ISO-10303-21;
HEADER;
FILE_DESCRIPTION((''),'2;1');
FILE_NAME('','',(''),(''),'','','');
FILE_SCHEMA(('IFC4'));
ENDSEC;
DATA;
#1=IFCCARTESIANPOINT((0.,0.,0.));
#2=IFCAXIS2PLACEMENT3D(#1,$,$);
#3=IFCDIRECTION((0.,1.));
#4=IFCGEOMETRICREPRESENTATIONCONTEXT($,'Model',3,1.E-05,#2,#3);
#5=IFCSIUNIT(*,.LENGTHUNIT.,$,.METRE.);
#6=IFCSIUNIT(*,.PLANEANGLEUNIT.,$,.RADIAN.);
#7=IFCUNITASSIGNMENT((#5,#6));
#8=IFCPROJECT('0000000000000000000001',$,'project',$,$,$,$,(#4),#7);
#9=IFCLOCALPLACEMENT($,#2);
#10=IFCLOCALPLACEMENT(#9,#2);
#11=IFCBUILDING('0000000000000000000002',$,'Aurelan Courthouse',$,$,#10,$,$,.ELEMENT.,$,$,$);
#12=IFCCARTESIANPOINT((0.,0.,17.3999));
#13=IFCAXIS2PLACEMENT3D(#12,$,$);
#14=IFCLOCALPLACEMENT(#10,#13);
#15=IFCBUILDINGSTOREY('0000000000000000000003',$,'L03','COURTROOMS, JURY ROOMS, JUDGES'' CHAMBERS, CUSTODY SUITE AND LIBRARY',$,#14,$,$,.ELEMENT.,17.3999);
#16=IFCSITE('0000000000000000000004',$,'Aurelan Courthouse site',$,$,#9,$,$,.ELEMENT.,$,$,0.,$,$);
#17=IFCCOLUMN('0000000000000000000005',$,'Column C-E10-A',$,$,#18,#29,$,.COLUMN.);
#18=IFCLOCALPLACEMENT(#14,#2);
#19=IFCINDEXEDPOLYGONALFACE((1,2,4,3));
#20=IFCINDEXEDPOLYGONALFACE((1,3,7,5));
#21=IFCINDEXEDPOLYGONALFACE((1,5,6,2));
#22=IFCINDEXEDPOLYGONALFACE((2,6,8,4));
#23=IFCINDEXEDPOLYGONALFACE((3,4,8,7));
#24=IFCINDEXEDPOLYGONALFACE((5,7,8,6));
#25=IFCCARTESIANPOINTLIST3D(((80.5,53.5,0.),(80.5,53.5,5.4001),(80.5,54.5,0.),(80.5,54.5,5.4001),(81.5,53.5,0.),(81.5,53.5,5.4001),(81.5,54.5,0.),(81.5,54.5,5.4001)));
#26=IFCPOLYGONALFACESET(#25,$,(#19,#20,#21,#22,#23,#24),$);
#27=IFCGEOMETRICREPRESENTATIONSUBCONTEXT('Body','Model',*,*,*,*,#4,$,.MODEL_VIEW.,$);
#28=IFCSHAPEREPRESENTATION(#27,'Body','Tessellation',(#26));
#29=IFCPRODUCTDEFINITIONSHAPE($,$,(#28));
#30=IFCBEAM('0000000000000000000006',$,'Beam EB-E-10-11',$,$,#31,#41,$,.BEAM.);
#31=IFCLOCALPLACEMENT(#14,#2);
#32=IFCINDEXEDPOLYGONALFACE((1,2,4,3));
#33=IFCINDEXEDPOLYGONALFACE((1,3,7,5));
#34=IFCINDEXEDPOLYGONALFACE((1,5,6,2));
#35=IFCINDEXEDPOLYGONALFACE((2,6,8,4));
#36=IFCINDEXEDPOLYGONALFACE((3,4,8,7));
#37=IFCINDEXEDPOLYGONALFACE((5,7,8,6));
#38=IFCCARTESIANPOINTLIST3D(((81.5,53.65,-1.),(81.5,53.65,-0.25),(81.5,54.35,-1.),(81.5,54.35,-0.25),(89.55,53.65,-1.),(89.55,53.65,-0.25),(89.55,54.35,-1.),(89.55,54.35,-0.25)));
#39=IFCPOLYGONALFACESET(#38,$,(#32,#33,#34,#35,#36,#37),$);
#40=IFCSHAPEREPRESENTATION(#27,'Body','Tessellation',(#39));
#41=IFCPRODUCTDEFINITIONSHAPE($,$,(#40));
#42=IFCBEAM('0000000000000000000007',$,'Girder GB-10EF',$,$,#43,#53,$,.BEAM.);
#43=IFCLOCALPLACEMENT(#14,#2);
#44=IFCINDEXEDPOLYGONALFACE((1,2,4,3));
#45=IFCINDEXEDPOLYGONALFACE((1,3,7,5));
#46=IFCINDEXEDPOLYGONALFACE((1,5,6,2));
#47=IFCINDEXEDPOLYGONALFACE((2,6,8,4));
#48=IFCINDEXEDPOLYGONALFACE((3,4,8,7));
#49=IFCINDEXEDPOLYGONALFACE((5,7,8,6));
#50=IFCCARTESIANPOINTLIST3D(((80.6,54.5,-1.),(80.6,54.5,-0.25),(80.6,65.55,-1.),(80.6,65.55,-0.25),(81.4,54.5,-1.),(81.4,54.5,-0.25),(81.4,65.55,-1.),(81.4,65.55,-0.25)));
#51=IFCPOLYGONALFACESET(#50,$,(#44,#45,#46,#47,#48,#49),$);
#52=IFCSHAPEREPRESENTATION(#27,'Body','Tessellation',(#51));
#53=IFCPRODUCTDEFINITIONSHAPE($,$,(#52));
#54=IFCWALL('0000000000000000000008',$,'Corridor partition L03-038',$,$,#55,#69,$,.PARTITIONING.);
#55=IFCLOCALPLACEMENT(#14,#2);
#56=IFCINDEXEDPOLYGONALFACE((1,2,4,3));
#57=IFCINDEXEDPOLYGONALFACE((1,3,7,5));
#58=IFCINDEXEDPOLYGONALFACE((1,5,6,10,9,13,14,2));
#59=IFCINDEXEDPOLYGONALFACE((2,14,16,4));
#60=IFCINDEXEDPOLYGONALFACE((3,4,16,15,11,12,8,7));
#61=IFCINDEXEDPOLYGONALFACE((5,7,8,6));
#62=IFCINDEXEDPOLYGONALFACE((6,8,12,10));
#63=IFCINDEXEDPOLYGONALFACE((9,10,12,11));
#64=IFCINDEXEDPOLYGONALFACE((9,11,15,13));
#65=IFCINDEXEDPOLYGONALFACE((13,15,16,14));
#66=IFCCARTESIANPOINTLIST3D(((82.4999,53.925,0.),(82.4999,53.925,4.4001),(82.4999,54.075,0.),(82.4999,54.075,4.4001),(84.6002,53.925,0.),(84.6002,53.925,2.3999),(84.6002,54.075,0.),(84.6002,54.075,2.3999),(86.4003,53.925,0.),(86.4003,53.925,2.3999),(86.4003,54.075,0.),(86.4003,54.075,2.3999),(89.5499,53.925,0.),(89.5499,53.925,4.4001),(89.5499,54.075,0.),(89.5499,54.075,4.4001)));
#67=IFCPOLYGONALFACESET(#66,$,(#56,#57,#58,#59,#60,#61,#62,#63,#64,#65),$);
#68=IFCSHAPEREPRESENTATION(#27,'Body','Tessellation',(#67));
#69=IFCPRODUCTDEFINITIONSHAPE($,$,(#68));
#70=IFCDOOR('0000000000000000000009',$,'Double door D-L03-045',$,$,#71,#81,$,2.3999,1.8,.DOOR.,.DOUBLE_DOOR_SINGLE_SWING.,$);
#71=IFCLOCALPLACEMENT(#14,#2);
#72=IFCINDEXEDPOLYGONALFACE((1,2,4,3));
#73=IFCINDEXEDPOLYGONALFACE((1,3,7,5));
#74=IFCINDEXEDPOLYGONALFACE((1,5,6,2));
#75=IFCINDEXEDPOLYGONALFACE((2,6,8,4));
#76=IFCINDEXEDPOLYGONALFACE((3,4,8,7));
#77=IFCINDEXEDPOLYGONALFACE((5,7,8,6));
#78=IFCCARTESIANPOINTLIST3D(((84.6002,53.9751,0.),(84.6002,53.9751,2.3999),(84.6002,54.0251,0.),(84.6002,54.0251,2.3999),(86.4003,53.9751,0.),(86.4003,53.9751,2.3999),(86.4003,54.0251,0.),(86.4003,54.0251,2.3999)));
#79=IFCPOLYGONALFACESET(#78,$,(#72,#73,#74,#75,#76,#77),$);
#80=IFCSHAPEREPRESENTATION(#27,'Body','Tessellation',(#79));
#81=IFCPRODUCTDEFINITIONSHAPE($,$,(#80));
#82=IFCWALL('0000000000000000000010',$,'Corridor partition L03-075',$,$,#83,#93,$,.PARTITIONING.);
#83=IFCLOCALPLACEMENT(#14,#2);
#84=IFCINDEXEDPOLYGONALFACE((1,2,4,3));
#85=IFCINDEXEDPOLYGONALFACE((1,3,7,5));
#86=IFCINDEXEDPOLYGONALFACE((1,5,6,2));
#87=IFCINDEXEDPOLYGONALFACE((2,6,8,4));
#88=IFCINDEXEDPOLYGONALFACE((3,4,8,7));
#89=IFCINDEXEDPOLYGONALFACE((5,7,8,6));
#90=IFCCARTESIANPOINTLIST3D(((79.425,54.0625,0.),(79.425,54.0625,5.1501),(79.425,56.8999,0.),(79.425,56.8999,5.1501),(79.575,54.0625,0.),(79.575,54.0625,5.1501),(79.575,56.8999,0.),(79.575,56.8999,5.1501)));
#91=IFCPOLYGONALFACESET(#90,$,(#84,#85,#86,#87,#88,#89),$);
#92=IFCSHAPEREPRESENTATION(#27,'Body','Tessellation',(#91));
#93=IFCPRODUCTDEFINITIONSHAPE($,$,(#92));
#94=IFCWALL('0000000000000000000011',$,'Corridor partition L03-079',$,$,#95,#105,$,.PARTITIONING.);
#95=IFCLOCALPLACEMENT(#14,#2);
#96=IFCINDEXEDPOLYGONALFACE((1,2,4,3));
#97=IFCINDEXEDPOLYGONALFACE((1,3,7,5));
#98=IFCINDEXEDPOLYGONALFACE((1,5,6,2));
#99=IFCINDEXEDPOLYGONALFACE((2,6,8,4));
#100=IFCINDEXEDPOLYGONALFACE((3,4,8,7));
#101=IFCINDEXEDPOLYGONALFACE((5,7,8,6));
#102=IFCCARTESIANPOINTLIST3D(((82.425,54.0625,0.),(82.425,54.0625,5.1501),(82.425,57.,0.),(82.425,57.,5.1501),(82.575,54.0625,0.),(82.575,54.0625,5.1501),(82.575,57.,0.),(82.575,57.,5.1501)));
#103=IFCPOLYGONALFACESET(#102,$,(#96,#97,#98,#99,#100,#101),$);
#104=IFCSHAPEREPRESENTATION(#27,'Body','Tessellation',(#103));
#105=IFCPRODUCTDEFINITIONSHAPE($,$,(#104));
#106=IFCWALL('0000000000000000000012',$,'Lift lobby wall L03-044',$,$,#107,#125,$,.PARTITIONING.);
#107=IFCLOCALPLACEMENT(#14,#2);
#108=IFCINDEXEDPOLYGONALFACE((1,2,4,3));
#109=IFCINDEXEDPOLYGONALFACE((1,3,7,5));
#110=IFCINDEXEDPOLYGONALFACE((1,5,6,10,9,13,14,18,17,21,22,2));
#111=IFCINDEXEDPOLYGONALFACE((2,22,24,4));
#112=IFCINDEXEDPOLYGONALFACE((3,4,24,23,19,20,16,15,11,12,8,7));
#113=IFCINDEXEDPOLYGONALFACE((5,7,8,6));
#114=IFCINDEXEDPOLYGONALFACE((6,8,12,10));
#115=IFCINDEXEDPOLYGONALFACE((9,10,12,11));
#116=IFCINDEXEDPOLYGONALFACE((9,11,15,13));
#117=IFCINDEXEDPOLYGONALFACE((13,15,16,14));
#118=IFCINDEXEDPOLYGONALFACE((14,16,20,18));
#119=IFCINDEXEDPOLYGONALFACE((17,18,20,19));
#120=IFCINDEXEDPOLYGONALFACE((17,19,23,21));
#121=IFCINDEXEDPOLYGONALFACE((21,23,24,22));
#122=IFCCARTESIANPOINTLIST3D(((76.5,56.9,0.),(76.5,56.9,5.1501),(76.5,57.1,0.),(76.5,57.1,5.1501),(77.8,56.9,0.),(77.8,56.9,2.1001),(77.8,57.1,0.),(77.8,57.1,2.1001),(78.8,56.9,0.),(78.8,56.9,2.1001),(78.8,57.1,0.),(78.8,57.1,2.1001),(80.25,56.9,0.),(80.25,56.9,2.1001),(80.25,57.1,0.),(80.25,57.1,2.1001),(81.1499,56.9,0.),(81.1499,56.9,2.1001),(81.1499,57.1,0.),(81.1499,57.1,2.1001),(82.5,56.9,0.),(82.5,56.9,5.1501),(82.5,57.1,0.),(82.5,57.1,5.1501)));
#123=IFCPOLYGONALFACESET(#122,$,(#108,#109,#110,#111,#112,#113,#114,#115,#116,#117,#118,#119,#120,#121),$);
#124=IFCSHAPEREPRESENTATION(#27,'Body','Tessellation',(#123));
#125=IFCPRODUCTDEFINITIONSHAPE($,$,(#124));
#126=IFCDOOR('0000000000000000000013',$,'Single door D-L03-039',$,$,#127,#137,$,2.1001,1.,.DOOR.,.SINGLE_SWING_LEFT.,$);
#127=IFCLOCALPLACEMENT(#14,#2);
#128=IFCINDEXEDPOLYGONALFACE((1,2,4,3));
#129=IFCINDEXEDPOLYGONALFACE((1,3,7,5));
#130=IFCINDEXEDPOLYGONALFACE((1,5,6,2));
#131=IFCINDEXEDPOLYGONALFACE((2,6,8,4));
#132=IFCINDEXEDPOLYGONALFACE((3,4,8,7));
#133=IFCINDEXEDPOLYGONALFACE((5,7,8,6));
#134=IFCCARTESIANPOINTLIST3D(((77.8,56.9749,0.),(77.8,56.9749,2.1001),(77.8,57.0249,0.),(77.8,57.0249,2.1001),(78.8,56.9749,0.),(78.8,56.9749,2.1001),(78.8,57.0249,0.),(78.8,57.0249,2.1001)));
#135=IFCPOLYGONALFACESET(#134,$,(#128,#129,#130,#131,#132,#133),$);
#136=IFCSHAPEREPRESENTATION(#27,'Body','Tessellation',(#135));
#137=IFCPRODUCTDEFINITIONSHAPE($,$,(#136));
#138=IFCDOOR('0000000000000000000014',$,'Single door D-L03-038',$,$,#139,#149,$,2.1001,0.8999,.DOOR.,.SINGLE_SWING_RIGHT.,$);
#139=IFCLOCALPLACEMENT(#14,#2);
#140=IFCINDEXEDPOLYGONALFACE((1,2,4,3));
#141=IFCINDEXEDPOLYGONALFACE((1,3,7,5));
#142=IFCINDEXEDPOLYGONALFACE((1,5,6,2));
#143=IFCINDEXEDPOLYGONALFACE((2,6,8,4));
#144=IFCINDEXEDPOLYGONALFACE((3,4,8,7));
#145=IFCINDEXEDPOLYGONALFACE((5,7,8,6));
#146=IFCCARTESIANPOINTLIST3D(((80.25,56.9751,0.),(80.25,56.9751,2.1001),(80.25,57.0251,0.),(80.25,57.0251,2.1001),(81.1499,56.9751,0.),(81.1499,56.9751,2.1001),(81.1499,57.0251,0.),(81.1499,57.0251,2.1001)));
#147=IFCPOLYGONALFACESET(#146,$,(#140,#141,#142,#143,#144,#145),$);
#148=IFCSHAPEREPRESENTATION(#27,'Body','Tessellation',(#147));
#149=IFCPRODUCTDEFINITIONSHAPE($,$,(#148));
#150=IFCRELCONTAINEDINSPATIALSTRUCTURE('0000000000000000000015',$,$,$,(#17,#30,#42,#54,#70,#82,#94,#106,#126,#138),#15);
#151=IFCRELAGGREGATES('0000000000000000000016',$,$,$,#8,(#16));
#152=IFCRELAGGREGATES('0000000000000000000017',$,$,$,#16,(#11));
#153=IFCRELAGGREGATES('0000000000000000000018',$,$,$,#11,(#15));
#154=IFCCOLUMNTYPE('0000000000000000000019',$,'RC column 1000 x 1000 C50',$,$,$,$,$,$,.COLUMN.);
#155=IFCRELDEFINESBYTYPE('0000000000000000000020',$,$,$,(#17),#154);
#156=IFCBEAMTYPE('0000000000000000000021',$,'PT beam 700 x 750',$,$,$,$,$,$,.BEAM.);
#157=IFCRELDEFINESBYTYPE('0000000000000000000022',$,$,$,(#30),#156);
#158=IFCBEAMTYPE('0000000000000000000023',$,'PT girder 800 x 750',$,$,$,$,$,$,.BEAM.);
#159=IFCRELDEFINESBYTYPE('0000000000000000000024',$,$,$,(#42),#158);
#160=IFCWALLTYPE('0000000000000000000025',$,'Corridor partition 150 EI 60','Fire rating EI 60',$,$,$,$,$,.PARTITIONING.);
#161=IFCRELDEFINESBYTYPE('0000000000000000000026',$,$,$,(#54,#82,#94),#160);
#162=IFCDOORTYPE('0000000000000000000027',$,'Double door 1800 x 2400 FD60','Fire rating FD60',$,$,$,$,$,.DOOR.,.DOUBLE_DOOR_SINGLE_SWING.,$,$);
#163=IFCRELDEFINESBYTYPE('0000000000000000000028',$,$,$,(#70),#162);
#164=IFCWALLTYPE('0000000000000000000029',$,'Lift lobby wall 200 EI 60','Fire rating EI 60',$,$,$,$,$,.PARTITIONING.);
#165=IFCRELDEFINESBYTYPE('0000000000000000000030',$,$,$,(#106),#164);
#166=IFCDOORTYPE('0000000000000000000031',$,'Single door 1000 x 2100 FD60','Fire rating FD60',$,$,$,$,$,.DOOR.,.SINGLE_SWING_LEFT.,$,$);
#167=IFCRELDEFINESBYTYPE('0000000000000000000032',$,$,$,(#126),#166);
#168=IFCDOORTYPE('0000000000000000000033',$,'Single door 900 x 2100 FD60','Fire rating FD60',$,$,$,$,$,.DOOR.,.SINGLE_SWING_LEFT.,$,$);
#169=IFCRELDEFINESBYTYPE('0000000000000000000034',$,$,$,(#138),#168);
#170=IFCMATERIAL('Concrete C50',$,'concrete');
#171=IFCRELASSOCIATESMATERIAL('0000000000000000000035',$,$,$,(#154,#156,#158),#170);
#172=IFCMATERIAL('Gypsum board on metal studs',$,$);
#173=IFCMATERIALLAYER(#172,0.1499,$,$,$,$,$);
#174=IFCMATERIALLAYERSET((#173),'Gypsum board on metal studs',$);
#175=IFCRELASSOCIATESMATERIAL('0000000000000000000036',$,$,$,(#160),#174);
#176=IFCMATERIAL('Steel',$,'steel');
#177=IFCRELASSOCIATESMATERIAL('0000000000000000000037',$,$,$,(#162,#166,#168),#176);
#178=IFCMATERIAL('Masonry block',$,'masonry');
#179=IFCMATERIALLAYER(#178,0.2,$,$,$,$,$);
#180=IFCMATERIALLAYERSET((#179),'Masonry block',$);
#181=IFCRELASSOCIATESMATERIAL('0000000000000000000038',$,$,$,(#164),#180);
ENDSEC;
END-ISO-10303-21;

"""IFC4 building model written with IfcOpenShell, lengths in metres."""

from ifc_helpers import new_model, si_unit, direction, frame, frame_2d, origin, origin_2d, place, context, subcontext, project, spatial, rectangle, extrude, material, layer, layer_set, material_profile, profile_set, type_object, element, fill, save


model = new_model("IFC4")

# Units and contexts
model_context = context("Model", 3, precision=1e-05, world=origin(), true_north=direction((0.0, 1.0)))
body_context = subcontext(model_context, "Body", "Model", "MODEL_VIEW")
ifc_project = project(units=[si_unit("LENGTHUNIT", "METRE"), si_unit("PLANEANGLEUNIT", "RADIAN")], contexts=[model_context])

# Site, building, storey
site_placement = place(None, origin())
site = spatial("IfcSite", under=ifc_project, at=site_placement, Name="Aurelan Courthouse site", CompositionType="ELEMENT", RefElevation=0.0)
building_placement = place(site_placement, origin())
building = spatial("IfcBuilding", under=site, at=building_placement, Name="Aurelan Courthouse", CompositionType="ELEMENT")
storey_placement = place(building_placement, frame((0.0, 0.0, 17.3999)))
storey = spatial("IfcBuildingStorey", under=building, at=storey_placement, Name="L03", Description="COURTROOMS, JURY ROOMS, JUDGES' CHAMBERS, CUSTODY SUITE AND LIBRARY", CompositionType="ELEMENT", Elevation=17.3999)

# Column
ifc_material_1 = material(Name="Concrete C50", Category="concrete")
ifc_material_profile_1 = material_profile(ifc_material_1, rectangle(XDim=1.0, YDim=1.0, at=origin_2d()), Name="RC 1000 x 1000")
ifc_profile_set_1 = profile_set([ifc_material_profile_1], Name="Concrete C50")
column_type = type_object("IfcColumnType", Name="RC column 1000 x 1000 C50", PredefinedType="COLUMN", material=ifc_profile_set_1)
column_placement = place(storey_placement, frame((81.0, 54.0, 0.0), z_axis=(0.0, 0.0, 1.0), x_axis=(1.0, 0.0, 0.0)))
element("IfcColumn", 1, at=column_placement, inside=storey, type_object=column_type, Name="Column C-E10-A", PredefinedType="COLUMN", context=body_context, shape_type="SweptSolid", body=[
    extrude(rectangle(XDim=1.0, YDim=1.0, at=origin_2d()), origin(), (0.0, 0.0, 1.0), 5.4001),
])

# Beams
ifc_material_profile_2 = material_profile(ifc_material_1, rectangle(XDim=0.7, YDim=0.75, at=origin_2d()), Name="RC 700 x 750")
ifc_profile_set_2 = profile_set([ifc_material_profile_2], Name="Concrete C50")
beam_type_1 = type_object("IfcBeamType", Name="PT beam 700 x 750", PredefinedType="BEAM", material=ifc_profile_set_2)
beam_1_placement = place(storey_placement, frame((81.5, 54.0, -0.625), z_axis=(1.0, 0.0, 0.0), x_axis=(0.0, 1.0, 0.0)))
element("IfcBeam", 2, at=beam_1_placement, inside=storey, type_object=beam_type_1, Name="Beam EB-E-10-11", PredefinedType="BEAM", context=body_context, shape_type="SweptSolid", body=[
    extrude(rectangle(XDim=0.7, YDim=0.75, at=origin_2d()), origin(), (0.0, 0.0, 1.0), 8.05),
])
ifc_material_profile_3 = material_profile(ifc_material_1, rectangle(XDim=0.8, YDim=0.75, at=origin_2d()), Name="RC 800 x 750")
ifc_profile_set_3 = profile_set([ifc_material_profile_3], Name="Concrete C50")
beam_type_2 = type_object("IfcBeamType", Name="PT girder 800 x 750", PredefinedType="BEAM", material=ifc_profile_set_3)
beam_2_placement = place(storey_placement, frame((81.0, 54.5, -0.625), z_axis=(0.0, 1.0, 0.0), x_axis=(-1.0, 0.0, 0.0)))
element("IfcBeam", 3, at=beam_2_placement, inside=storey, type_object=beam_type_2, Name="Girder GB-10EF", PredefinedType="BEAM", context=body_context, shape_type="SweptSolid", body=[
    extrude(rectangle(XDim=0.8, YDim=0.75, at=origin_2d()), origin(), (0.0, 0.0, 1.0), 11.05),
])

# Wall, opening, door
ifc_material_2 = material(Name="Gypsum board on metal studs")
ifc_layer_1 = layer(ifc_material_2, 0.1499)
ifc_layer_set_1 = layer_set([ifc_layer_1], Name="Gypsum board on metal studs")
wall_type_1 = type_object("IfcWallType", Name="Corridor partition 150 EI 60", Description="Fire rating EI 60", PredefinedType="PARTITIONING", material=ifc_layer_set_1)
wall_1_placement = place(storey_placement, frame((82.5, 54.0, 0.0), z_axis=(0.0, 0.0, 1.0), x_axis=(1.0, 0.0, 0.0)))
wall_1 = element("IfcWall", 4, at=wall_1_placement, inside=storey, type_object=wall_type_1, Name="Corridor partition L03-038", PredefinedType="PARTITIONING", context=body_context, shape_type="SweptSolid", body=[
    extrude(rectangle(XDim=7.05, YDim=0.1499, at=frame_2d((3.5249, 0.0))), origin(), (0.0, 0.0, 1.0), 4.4001),
])
opening_1_placement = place(wall_1_placement, frame((3.9001, 0.0, 0.0), z_axis=(0.0, 0.0, 1.0), x_axis=(-1.0, 0.0, 0.0)))
opening_1 = element("IfcOpeningElement", 5, at=opening_1_placement, cuts=wall_1, PredefinedType="OPENING", context=body_context, shape_type="SweptSolid", body=[
    extrude(rectangle(XDim=1.8, YDim=2.3999, at=frame_2d((0.8999, 1.2))), frame((0.0, 0.085, 0.0), z_axis=(0.0, -1.0, 0.0), x_axis=(1.0, 0.0, 0.0)), (0.0, 0.0, 1.0), 0.1699),
])
ifc_material_3 = material(Name="Steel", Category="steel")
door_type_1 = type_object("IfcDoorType", Name="Double door 1800 x 2400 FD60", Description="Fire rating FD60", OperationType="DOUBLE_DOOR_SINGLE_SWING", PredefinedType="DOOR", material=ifc_material_3)
door_1_placement = place(opening_1_placement, origin())
door_1 = element("IfcDoor", 6, at=door_1_placement, inside=storey, type_object=door_type_1, Name="Double door D-L03-045", OperationType="DOUBLE_DOOR_SINGLE_SWING", OverallHeight=2.3999, OverallWidth=1.8, PredefinedType="DOOR", context=body_context, shape_type="SweptSolid", body=[
    extrude(rectangle(XDim=1.8, YDim=2.3999, at=frame_2d((0.8999, 1.2))), frame((0.0, 0.0249, 0.0), z_axis=(0.0, -1.0, 0.0), x_axis=(1.0, 0.0, 0.0)), (0.0, 0.0, 1.0), 0.05),
])
fill(opening_1, door_1)

# Walls
wall_2_placement = place(storey_placement, frame((79.5, 54.0625, 0.0), z_axis=(0.0, 0.0, 1.0), x_axis=(0.0, 1.0, 0.0)))
element("IfcWall", 7, at=wall_2_placement, inside=storey, type_object=wall_type_1, Name="Corridor partition L03-075", PredefinedType="PARTITIONING", context=body_context, shape_type="SweptSolid", body=[
    extrude(rectangle(XDim=2.8374, YDim=0.1499, at=frame_2d((1.4187, 0.0))), origin(), (0.0, 0.0, 1.0), 5.1501),
])
wall_3_placement = place(storey_placement, frame((82.5, 54.0625, 0.0), z_axis=(0.0, 0.0, 1.0), x_axis=(0.0, 1.0, 0.0)))
element("IfcWall", 8, at=wall_3_placement, inside=storey, type_object=wall_type_1, Name="Corridor partition L03-079", PredefinedType="PARTITIONING", context=body_context, shape_type="SweptSolid", body=[
    extrude(rectangle(XDim=2.9375, YDim=0.1499, at=frame_2d((1.4688, 0.0))), origin(), (0.0, 0.0, 1.0), 5.1501),
])

# Wall, openings, doors
ifc_material_4 = material(Name="Masonry block", Category="masonry")
ifc_layer_2 = layer(ifc_material_4, 0.2)
ifc_layer_set_2 = layer_set([ifc_layer_2], Name="Masonry block")
wall_type_2 = type_object("IfcWallType", Name="Lift lobby wall 200 EI 60", Description="Fire rating EI 60", PredefinedType="PARTITIONING", material=ifc_layer_set_2)
wall_4_placement = place(storey_placement, frame((76.5, 57.0, 0.0), z_axis=(0.0, 0.0, 1.0), x_axis=(1.0, 0.0, 0.0)))
wall_4 = element("IfcWall", 9, at=wall_4_placement, inside=storey, type_object=wall_type_2, Name="Lift lobby wall L03-044", PredefinedType="PARTITIONING", context=body_context, shape_type="SweptSolid", body=[
    extrude(rectangle(XDim=6.0, YDim=0.2, at=frame_2d((3.0, 0.0))), origin(), (0.0, 0.0, 1.0), 5.1501),
])
opening_2_placement = place(wall_4_placement, frame((4.6499, 0.0, 0.0), z_axis=(0.0, 0.0, 1.0), x_axis=(-1.0, 0.0, 0.0)))
opening_2 = element("IfcOpeningElement", 10, at=opening_2_placement, cuts=wall_4, PredefinedType="OPENING", context=body_context, shape_type="SweptSolid", body=[
    extrude(rectangle(XDim=0.8999, YDim=2.1001, at=frame_2d((0.45, 1.05))), frame((0.0, 0.1099, 0.0), z_axis=(0.0, -1.0, 0.0), x_axis=(1.0, 0.0, 0.0)), (0.0, 0.0, 1.0), 0.22),
])
opening_3_placement = place(wall_4_placement, frame((1.3, 0.0, 0.0)))
opening_3 = element("IfcOpeningElement", 11, at=opening_3_placement, cuts=wall_4, PredefinedType="OPENING", context=body_context, shape_type="SweptSolid", body=[
    extrude(rectangle(XDim=1.0, YDim=2.1001, at=frame_2d((0.5, 1.05))), frame((0.0, 0.1099, 0.0), z_axis=(0.0, -1.0, 0.0), x_axis=(1.0, 0.0, 0.0)), (0.0, 0.0, 1.0), 0.22),
])
door_type_2 = type_object("IfcDoorType", Name="Single door 1000 x 2100 FD60", Description="Fire rating FD60", OperationType="SINGLE_SWING_LEFT", PredefinedType="DOOR", material=ifc_material_3)
door_2_placement = place(opening_3_placement, origin())
door_2 = element("IfcDoor", 12, at=door_2_placement, inside=storey, type_object=door_type_2, Name="Single door D-L03-039", OperationType="SINGLE_SWING_LEFT", OverallHeight=2.1001, OverallWidth=1.0, PredefinedType="DOOR", context=body_context, shape_type="SweptSolid", body=[
    extrude(rectangle(XDim=1.0, YDim=2.1001, at=frame_2d((0.5, 1.05))), frame((0.0, 0.0249, 0.0), z_axis=(0.0, -1.0, 0.0), x_axis=(1.0, 0.0, 0.0)), (0.0, 0.0, 1.0), 0.05),
])
fill(opening_3, door_2)
door_type_3 = type_object("IfcDoorType", Name="Single door 900 x 2100 FD60", Description="Fire rating FD60", OperationType="SINGLE_SWING_LEFT", PredefinedType="DOOR", material=ifc_material_3)
door_3_placement = place(opening_2_placement, origin())
door_3 = element("IfcDoor", 13, at=door_3_placement, inside=storey, type_object=door_type_3, Name="Single door D-L03-038", OperationType="SINGLE_SWING_RIGHT", OverallHeight=2.1001, OverallWidth=0.8999, PredefinedType="DOOR", context=body_context, shape_type="SweptSolid", body=[
    extrude(rectangle(XDim=0.8999, YDim=2.1001, at=frame_2d((0.45, 1.05))), frame((0.0, 0.0249, 0.0), z_axis=(0.0, -1.0, 0.0), x_axis=(1.0, 0.0, 0.0)), (0.0, 0.0, 1.0), 0.05),
])
fill(opening_2, door_3)

save(model, "model.ifc")
